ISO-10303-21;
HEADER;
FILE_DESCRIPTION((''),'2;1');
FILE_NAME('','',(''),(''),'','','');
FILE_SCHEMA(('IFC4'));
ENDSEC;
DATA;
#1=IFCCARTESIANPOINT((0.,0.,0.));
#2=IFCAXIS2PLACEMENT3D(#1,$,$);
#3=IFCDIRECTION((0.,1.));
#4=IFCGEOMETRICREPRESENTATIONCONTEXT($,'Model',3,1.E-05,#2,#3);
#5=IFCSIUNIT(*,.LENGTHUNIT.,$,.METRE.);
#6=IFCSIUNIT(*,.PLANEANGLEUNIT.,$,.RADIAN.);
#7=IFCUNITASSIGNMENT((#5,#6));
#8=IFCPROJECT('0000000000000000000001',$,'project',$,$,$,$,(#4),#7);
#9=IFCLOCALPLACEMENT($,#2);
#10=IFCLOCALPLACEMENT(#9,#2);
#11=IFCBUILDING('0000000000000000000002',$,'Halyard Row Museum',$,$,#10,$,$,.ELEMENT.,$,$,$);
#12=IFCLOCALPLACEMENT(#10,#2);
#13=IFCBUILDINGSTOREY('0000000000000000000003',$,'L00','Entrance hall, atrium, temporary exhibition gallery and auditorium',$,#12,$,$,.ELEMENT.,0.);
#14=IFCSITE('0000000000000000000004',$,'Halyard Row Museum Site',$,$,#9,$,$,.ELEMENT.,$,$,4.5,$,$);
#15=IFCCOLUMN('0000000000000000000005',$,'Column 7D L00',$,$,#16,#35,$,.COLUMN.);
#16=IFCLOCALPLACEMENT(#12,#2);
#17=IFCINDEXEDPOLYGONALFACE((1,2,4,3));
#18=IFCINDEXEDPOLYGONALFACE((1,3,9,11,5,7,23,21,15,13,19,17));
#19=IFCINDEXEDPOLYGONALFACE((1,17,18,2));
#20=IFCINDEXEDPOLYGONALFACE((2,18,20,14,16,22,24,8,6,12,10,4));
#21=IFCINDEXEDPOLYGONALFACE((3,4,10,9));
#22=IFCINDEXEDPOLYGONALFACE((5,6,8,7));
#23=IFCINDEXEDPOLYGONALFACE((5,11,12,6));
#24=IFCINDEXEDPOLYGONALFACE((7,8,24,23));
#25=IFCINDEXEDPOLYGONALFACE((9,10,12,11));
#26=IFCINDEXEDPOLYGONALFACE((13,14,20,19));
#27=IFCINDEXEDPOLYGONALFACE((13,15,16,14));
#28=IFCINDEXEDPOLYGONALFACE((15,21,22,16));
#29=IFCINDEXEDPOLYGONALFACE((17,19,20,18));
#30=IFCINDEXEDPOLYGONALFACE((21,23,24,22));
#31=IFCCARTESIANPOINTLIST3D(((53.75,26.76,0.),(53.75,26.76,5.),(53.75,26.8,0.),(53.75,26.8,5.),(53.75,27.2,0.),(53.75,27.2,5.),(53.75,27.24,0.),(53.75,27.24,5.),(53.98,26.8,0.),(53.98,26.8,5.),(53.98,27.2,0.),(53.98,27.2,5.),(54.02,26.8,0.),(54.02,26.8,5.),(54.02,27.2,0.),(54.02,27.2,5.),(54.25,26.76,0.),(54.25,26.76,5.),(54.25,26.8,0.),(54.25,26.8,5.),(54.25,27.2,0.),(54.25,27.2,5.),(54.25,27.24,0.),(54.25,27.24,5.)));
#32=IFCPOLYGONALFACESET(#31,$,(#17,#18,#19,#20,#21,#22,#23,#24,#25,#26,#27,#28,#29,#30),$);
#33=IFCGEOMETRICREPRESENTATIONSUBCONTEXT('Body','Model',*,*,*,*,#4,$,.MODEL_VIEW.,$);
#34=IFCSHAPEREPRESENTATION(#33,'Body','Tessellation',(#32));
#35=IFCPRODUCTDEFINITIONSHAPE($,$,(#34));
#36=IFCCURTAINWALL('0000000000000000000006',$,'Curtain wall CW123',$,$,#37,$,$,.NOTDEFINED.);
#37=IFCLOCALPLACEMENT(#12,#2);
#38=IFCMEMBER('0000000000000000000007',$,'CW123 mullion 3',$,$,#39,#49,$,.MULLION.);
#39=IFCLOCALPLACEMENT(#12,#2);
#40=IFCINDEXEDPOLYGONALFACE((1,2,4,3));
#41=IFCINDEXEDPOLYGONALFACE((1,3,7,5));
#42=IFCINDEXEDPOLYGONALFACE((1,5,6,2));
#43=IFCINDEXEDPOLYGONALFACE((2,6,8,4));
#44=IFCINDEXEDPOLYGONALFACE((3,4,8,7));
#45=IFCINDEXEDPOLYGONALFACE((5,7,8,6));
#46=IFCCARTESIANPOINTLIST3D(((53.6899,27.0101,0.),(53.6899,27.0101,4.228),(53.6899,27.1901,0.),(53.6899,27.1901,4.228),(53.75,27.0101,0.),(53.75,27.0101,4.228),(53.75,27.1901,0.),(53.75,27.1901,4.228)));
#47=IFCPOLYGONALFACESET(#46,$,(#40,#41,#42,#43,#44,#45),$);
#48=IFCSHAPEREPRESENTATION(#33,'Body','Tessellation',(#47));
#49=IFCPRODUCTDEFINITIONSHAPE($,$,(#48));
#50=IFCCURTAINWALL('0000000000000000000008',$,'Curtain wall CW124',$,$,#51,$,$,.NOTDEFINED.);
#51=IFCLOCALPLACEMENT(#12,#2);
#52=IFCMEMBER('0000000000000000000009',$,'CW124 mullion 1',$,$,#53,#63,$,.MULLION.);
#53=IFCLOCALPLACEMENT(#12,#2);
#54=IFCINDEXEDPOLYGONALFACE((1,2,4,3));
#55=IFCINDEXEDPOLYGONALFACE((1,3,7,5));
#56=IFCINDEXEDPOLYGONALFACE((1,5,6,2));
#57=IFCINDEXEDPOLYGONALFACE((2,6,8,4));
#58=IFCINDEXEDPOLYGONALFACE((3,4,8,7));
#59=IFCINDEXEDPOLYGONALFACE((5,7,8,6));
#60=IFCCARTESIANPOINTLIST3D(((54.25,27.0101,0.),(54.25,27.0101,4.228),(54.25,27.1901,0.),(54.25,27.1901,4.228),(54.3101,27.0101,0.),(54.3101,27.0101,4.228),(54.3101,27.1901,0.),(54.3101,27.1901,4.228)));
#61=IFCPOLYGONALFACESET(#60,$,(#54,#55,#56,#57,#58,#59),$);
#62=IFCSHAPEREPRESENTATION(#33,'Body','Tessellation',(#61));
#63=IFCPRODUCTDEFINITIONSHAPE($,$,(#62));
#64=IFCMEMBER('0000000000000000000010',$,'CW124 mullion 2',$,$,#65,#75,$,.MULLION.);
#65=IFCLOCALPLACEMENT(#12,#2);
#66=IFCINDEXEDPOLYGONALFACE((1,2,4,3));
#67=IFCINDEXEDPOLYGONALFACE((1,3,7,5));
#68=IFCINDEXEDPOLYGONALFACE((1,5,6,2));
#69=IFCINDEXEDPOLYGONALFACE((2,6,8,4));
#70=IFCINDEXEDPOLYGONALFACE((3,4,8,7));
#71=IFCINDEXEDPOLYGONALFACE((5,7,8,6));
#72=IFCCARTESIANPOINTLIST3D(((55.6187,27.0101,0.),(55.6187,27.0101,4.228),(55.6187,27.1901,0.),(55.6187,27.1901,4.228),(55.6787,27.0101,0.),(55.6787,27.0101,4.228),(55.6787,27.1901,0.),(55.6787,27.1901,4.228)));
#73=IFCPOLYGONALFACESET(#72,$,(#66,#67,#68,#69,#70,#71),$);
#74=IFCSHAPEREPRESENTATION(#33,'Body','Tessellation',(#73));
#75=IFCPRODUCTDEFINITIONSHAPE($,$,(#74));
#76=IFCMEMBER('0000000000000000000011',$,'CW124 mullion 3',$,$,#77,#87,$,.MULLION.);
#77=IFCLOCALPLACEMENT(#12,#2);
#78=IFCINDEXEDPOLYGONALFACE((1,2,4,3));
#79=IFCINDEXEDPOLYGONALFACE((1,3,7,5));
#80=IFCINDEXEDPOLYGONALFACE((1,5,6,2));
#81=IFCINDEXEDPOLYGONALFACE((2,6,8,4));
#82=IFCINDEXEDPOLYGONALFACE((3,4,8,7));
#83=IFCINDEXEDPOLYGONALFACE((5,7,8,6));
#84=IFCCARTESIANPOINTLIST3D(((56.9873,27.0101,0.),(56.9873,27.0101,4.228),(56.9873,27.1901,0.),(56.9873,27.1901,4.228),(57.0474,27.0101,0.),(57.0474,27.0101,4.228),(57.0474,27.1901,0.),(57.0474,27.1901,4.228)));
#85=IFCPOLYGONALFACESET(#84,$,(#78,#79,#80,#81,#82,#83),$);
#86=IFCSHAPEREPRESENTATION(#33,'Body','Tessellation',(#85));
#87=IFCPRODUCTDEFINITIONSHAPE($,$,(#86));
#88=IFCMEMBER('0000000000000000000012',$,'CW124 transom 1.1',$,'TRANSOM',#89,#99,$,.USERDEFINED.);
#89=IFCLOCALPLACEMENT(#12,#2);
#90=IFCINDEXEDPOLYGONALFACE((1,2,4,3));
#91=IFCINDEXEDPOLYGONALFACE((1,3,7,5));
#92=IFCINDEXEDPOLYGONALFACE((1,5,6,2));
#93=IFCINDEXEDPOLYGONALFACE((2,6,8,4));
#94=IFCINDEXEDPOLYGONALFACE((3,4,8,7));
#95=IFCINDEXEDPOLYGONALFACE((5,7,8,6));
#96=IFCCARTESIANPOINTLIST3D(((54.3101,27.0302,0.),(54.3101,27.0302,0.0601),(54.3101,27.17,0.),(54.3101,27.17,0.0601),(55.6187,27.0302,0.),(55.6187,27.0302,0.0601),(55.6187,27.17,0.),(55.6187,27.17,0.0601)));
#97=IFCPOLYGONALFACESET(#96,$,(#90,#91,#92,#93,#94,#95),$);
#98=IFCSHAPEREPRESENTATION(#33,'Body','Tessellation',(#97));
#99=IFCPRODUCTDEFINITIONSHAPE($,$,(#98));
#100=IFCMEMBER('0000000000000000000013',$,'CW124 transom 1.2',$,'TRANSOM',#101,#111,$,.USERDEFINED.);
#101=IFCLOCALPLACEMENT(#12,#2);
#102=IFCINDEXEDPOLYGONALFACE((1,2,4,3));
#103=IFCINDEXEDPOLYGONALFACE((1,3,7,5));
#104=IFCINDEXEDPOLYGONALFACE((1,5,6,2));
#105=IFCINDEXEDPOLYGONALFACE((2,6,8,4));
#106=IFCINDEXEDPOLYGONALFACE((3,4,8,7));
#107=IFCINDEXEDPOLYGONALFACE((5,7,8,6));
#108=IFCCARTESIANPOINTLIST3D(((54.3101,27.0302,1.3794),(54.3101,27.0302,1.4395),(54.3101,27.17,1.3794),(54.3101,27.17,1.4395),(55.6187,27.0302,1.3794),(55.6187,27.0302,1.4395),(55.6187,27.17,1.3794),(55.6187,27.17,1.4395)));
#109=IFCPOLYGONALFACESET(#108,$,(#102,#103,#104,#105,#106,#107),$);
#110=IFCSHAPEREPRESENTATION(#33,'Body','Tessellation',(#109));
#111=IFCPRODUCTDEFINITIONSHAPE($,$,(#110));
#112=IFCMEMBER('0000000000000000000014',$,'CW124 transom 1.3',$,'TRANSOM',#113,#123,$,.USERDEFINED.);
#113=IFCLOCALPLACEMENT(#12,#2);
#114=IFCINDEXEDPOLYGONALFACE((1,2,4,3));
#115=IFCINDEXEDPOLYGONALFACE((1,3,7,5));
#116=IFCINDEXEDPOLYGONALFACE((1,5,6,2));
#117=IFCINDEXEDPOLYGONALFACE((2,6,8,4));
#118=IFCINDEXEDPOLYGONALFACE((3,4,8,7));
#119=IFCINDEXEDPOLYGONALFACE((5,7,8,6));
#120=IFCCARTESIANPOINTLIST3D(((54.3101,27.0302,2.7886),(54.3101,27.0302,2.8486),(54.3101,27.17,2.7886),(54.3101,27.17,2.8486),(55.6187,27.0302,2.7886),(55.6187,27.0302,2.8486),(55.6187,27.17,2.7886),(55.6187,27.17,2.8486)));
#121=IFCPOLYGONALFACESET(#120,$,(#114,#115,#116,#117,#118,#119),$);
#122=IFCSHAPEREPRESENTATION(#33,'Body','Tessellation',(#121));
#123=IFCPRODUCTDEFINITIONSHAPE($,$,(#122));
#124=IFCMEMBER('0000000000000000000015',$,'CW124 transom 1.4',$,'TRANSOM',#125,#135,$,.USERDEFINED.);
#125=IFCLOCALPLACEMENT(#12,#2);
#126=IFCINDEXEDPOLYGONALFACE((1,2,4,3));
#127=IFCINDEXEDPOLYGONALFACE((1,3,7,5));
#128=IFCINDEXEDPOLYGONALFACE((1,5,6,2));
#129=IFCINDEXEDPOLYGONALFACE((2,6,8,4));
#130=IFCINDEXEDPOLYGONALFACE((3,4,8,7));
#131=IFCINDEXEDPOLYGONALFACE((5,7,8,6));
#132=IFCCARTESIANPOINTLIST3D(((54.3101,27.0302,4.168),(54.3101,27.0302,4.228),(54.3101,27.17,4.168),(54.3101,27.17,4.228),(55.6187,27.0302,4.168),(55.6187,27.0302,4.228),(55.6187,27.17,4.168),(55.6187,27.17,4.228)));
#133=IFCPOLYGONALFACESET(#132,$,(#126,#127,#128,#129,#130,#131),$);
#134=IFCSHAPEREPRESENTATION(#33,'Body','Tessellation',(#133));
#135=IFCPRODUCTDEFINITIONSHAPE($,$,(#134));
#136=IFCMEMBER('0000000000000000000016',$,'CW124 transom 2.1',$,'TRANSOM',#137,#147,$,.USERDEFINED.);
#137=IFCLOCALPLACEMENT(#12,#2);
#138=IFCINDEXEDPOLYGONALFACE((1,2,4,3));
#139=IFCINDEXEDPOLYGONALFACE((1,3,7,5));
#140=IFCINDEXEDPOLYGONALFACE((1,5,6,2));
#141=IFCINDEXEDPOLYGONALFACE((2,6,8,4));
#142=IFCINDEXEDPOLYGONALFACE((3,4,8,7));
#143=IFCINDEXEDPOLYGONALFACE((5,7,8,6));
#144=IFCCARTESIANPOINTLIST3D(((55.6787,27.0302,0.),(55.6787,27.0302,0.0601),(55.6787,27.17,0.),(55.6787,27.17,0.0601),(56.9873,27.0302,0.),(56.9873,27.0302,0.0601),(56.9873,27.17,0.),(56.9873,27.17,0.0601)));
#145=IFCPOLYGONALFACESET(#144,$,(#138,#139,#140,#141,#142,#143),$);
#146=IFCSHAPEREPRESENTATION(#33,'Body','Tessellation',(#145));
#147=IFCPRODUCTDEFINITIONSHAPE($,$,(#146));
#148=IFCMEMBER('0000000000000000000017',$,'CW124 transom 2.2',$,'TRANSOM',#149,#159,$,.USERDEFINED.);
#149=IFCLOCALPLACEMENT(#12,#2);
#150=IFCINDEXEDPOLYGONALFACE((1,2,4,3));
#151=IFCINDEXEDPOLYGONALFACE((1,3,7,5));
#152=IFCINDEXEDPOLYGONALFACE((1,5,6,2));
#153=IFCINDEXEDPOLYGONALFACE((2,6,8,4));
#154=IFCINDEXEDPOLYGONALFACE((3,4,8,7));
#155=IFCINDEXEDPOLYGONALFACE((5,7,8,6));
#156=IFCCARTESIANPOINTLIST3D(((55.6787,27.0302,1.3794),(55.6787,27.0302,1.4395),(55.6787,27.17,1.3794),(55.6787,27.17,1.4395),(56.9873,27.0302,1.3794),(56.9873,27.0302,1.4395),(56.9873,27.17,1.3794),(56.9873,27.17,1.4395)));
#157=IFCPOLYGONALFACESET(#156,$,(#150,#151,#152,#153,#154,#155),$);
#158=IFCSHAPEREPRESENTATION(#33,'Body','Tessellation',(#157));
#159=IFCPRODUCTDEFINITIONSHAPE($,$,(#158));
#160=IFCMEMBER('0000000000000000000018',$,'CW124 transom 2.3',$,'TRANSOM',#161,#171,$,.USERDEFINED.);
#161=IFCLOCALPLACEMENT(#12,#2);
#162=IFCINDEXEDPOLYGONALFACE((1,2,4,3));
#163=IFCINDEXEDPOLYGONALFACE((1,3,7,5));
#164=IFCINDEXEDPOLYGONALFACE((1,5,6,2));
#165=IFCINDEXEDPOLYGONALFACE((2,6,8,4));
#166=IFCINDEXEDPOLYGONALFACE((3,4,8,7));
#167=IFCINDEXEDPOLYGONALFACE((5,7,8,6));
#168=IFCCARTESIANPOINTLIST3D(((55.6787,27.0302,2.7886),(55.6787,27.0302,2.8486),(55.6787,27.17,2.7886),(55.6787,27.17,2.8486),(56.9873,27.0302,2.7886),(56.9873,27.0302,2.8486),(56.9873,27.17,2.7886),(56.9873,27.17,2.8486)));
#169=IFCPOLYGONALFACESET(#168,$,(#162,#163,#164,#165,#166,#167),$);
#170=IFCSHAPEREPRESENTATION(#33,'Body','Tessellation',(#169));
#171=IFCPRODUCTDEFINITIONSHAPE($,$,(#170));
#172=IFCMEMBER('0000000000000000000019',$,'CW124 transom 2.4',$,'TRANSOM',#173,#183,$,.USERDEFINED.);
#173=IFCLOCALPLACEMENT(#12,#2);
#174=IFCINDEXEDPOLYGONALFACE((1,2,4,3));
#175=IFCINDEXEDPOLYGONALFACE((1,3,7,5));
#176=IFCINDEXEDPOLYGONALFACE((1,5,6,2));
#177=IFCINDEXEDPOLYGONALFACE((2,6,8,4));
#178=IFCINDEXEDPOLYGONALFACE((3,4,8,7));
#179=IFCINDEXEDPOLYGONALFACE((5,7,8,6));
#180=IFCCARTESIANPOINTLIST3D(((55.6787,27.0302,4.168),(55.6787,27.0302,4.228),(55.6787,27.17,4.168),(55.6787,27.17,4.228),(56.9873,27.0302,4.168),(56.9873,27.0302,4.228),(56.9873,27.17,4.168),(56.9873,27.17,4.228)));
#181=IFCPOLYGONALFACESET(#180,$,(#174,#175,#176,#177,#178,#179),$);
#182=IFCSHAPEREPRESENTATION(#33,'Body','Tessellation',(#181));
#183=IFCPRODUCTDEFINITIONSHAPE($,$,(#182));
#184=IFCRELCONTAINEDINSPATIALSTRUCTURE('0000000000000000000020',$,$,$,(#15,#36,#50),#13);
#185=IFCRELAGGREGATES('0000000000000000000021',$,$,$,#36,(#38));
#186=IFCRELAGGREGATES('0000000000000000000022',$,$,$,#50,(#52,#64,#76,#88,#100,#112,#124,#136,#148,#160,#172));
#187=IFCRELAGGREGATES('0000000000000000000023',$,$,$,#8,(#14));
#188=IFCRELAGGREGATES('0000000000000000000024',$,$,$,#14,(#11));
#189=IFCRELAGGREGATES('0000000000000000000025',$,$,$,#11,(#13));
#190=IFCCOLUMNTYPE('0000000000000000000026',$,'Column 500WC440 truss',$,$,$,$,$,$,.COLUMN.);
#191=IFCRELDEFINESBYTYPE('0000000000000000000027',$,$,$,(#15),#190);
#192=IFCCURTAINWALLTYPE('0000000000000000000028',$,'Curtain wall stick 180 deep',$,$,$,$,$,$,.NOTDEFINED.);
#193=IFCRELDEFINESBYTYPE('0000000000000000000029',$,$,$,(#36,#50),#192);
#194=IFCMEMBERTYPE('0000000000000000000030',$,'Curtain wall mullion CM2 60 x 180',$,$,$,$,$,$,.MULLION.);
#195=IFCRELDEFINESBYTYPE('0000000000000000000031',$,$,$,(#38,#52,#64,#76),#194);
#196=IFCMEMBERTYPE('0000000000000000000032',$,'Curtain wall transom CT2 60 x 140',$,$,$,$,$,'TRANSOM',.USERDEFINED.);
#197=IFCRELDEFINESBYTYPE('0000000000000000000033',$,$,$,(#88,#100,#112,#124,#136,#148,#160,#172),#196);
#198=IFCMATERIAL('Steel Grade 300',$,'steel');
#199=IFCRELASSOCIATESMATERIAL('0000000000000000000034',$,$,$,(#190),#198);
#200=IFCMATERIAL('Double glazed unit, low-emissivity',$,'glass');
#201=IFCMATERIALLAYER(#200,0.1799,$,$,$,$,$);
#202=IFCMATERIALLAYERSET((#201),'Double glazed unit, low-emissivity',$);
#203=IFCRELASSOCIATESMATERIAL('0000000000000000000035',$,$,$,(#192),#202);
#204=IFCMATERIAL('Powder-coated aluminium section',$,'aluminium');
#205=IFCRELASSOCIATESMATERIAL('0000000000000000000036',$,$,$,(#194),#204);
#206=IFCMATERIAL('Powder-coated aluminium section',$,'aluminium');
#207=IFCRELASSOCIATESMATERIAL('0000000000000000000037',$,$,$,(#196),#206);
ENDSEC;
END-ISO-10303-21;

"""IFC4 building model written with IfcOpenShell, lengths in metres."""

from ifc_helpers import new_model, si_unit, direction, frame, origin, origin_2d, place, context, subcontext, project, spatial, rectangle, i_section, extrude, material, layer, layer_set, material_profile, profile_set, type_object, element, aggregate, save


model = new_model("IFC4")

# Units and contexts
model_context = context("Model", 3, precision=1e-05, world=origin(), true_north=direction((0.0, 1.0)))
body_context = subcontext(model_context, "Body", "Model", "MODEL_VIEW")
ifc_project = project(units=[si_unit("LENGTHUNIT", "METRE"), si_unit("PLANEANGLEUNIT", "RADIAN")], contexts=[model_context])

# Site, building, storey
site_placement = place(None, origin())
site = spatial("IfcSite", under=ifc_project, at=site_placement, Name="Halyard Row Museum Site", CompositionType="ELEMENT", RefElevation=4.5)
building_placement = place(site_placement, origin())
building = spatial("IfcBuilding", under=site, at=building_placement, Name="Halyard Row Museum", CompositionType="ELEMENT")
storey_placement = place(building_placement, origin())
storey = spatial("IfcBuildingStorey", under=building, at=storey_placement, Name="L00", Description="Entrance hall, atrium, temporary exhibition gallery and auditorium", CompositionType="ELEMENT", Elevation=0.0)

# Column
ifc_material_1 = material(Name="Steel Grade 300", Category="steel")
ifc_material_profile_1 = material_profile(ifc_material_1, i_section(OverallWidth=0.5, OverallDepth=0.48, WebThickness=0.04, FlangeThickness=0.04, at=origin_2d()), Name="500WC440")
ifc_profile_set_1 = profile_set([ifc_material_profile_1], Name="Steel Grade 300")
column_type = type_object("IfcColumnType", Name="Column 500WC440 truss", PredefinedType="COLUMN", material=ifc_profile_set_1)
column_placement = place(storey_placement, frame((54.0, 27.0, 0.0), z_axis=(0.0, 0.0, 1.0), x_axis=(1.0, 0.0, 0.0)))
element("IfcColumn", 1, at=column_placement, inside=storey, type_object=column_type, Name="Column 7D L00", PredefinedType="COLUMN", context=body_context, shape_type="SweptSolid", body=[
    extrude(i_section(OverallWidth=0.5, OverallDepth=0.48, WebThickness=0.04, FlangeThickness=0.04, at=origin_2d()), origin(), (0.0, 0.0, 1.0), 5.0),
])

# Curtain wall, member
ifc_material_2 = material(Name="Double glazed unit, low-emissivity", Category="glass")
ifc_layer_1 = layer(ifc_material_2, 0.1799)
ifc_layer_set_1 = layer_set([ifc_layer_1], Name="Double glazed unit, low-emissivity")
curtain_wall_type = type_object("IfcCurtainWallType", Name="Curtain wall stick 180 deep", PredefinedType="NOTDEFINED", material=ifc_layer_set_1)
curtain_wall_1_placement = place(storey_placement, origin())
curtain_wall_1 = element("IfcCurtainWall", 2, at=curtain_wall_1_placement, inside=storey, type_object=curtain_wall_type, Name="Curtain wall CW123", PredefinedType="NOTDEFINED")
ifc_material_3 = material(Name="Powder-coated aluminium section", Category="aluminium")
ifc_material_profile_2 = material_profile(ifc_material_3, rectangle(XDim=0.1799, YDim=0.0601, at=origin_2d()), Name="180x60 mullion")
ifc_profile_set_2 = profile_set([ifc_material_profile_2], Name="Powder-coated aluminium section")
member_type_1 = type_object("IfcMemberType", Name="Curtain wall mullion CM2 60 x 180", PredefinedType="MULLION", material=ifc_profile_set_2)
member_1_placement = place(storey_placement, frame((53.72, 27.1001, 0.0), z_axis=(0.0, 0.0, 1.0), x_axis=(0.0, 1.0, 0.0)))
member_1 = element("IfcMember", 3, at=member_1_placement, type_object=member_type_1, Name="CW123 mullion 3", PredefinedType="MULLION", context=body_context, shape_type="SweptSolid", body=[
    extrude(rectangle(XDim=0.1799, YDim=0.0601, at=origin_2d()), origin(), (0.0, 0.0, 1.0), 4.228),
])

# Curtain wall, members
curtain_wall_2_placement = place(storey_placement, origin())
curtain_wall_2 = element("IfcCurtainWall", 4, at=curtain_wall_2_placement, inside=storey, type_object=curtain_wall_type, Name="Curtain wall CW124", PredefinedType="NOTDEFINED")
member_2_placement = place(storey_placement, frame((54.28, 27.1001, 0.0), z_axis=(0.0, 0.0, 1.0), x_axis=(0.0, 1.0, 0.0)))
member_2 = element("IfcMember", 5, at=member_2_placement, type_object=member_type_1, Name="CW124 mullion 1", PredefinedType="MULLION", context=body_context, shape_type="SweptSolid", body=[
    extrude(rectangle(XDim=0.1799, YDim=0.0601, at=origin_2d()), origin(), (0.0, 0.0, 1.0), 4.228),
])
member_3_placement = place(storey_placement, frame((55.6487, 27.1001, 0.0), z_axis=(0.0, 0.0, 1.0), x_axis=(0.0, 1.0, 0.0)))
member_3 = element("IfcMember", 6, at=member_3_placement, type_object=member_type_1, Name="CW124 mullion 2", PredefinedType="MULLION", context=body_context, shape_type="SweptSolid", body=[
    extrude(rectangle(XDim=0.1799, YDim=0.0601, at=origin_2d()), origin(), (0.0, 0.0, 1.0), 4.228),
])
member_4_placement = place(storey_placement, frame((57.0173, 27.1001, 0.0), z_axis=(0.0, 0.0, 1.0), x_axis=(0.0, 1.0, 0.0)))
member_4 = element("IfcMember", 7, at=member_4_placement, type_object=member_type_1, Name="CW124 mullion 3", PredefinedType="MULLION", context=body_context, shape_type="SweptSolid", body=[
    extrude(rectangle(XDim=0.1799, YDim=0.0601, at=origin_2d()), origin(), (0.0, 0.0, 1.0), 4.228),
])
ifc_material_4 = material(Name="Powder-coated aluminium section", Category="aluminium")
ifc_material_profile_3 = material_profile(ifc_material_4, rectangle(XDim=0.1399, YDim=0.0601, at=origin_2d()), Name="140x60 transom")
ifc_profile_set_3 = profile_set([ifc_material_profile_3], Name="Powder-coated aluminium section")
member_type_2 = type_object("IfcMemberType", Name="Curtain wall transom CT2 60 x 140", ElementType="TRANSOM", PredefinedType="USERDEFINED", material=ifc_profile_set_3)
member_5_placement = place(storey_placement, frame((54.3101, 27.1001, 0.03), z_axis=(1.0, 0.0, 0.0), x_axis=(0.0, 1.0, 0.0)))
member_5 = element("IfcMember", 8, at=member_5_placement, type_object=member_type_2, Name="CW124 transom 1.1", ObjectType="TRANSOM", PredefinedType="USERDEFINED", context=body_context, shape_type="SweptSolid", body=[
    extrude(rectangle(XDim=0.1399, YDim=0.0601, at=origin_2d()), origin(), (0.0, 0.0, 1.0), 1.3086),
])
member_6_placement = place(storey_placement, frame((54.3101, 27.1001, 1.4094), z_axis=(1.0, 0.0, 0.0), x_axis=(0.0, 1.0, 0.0)))
member_6 = element("IfcMember", 9, at=member_6_placement, type_object=member_type_2, Name="CW124 transom 1.2", ObjectType="TRANSOM", PredefinedType="USERDEFINED", context=body_context, shape_type="SweptSolid", body=[
    extrude(rectangle(XDim=0.1399, YDim=0.0601, at=origin_2d()), origin(), (0.0, 0.0, 1.0), 1.3086),
])
member_7_placement = place(storey_placement, frame((54.3101, 27.1001, 2.8186), z_axis=(1.0, 0.0, 0.0), x_axis=(0.0, 1.0, 0.0)))
member_7 = element("IfcMember", 10, at=member_7_placement, type_object=member_type_2, Name="CW124 transom 1.3", ObjectType="TRANSOM", PredefinedType="USERDEFINED", context=body_context, shape_type="SweptSolid", body=[
    extrude(rectangle(XDim=0.1399, YDim=0.0601, at=origin_2d()), origin(), (0.0, 0.0, 1.0), 1.3086),
])
member_8_placement = place(storey_placement, frame((54.3101, 27.1001, 4.198), z_axis=(1.0, 0.0, 0.0), x_axis=(0.0, 1.0, 0.0)))
member_8 = element("IfcMember", 11, at=member_8_placement, type_object=member_type_2, Name="CW124 transom 1.4", ObjectType="TRANSOM", PredefinedType="USERDEFINED", context=body_context, shape_type="SweptSolid", body=[
    extrude(rectangle(XDim=0.1399, YDim=0.0601, at=origin_2d()), origin(), (0.0, 0.0, 1.0), 1.3086),
])
member_9_placement = place(storey_placement, frame((55.6787, 27.1001, 0.03), z_axis=(1.0, 0.0, 0.0), x_axis=(0.0, 1.0, 0.0)))
member_9 = element("IfcMember", 12, at=member_9_placement, type_object=member_type_2, Name="CW124 transom 2.1", ObjectType="TRANSOM", PredefinedType="USERDEFINED", context=body_context, shape_type="SweptSolid", body=[
    extrude(rectangle(XDim=0.1399, YDim=0.0601, at=origin_2d()), origin(), (0.0, 0.0, 1.0), 1.3086),
])
member_10_placement = place(storey_placement, frame((55.6787, 27.1001, 1.4094), z_axis=(1.0, 0.0, 0.0), x_axis=(0.0, 1.0, 0.0)))
member_10 = element("IfcMember", 13, at=member_10_placement, type_object=member_type_2, Name="CW124 transom 2.2", ObjectType="TRANSOM", PredefinedType="USERDEFINED", context=body_context, shape_type="SweptSolid", body=[
    extrude(rectangle(XDim=0.1399, YDim=0.0601, at=origin_2d()), origin(), (0.0, 0.0, 1.0), 1.3086),
])
member_11_placement = place(storey_placement, frame((55.6787, 27.1001, 2.8186), z_axis=(1.0, 0.0, 0.0), x_axis=(0.0, 1.0, 0.0)))
member_11 = element("IfcMember", 14, at=member_11_placement, type_object=member_type_2, Name="CW124 transom 2.3", ObjectType="TRANSOM", PredefinedType="USERDEFINED", context=body_context, shape_type="SweptSolid", body=[
    extrude(rectangle(XDim=0.1399, YDim=0.0601, at=origin_2d()), origin(), (0.0, 0.0, 1.0), 1.3086),
])
member_12_placement = place(storey_placement, frame((55.6787, 27.1001, 4.198), z_axis=(1.0, 0.0, 0.0), x_axis=(0.0, 1.0, 0.0)))
member_12 = element("IfcMember", 15, at=member_12_placement, type_object=member_type_2, Name="CW124 transom 2.4", ObjectType="TRANSOM", PredefinedType="USERDEFINED", context=body_context, shape_type="SweptSolid", body=[
    extrude(rectangle(XDim=0.1399, YDim=0.0601, at=origin_2d()), origin(), (0.0, 0.0, 1.0), 1.3086),
])

aggregate(curtain_wall_1, [member_1])
aggregate(curtain_wall_2, [member_2, member_3, member_4, member_5, member_6, member_7, member_8, member_9, member_10, member_11, member_12])

save(model, "model.ifc")
